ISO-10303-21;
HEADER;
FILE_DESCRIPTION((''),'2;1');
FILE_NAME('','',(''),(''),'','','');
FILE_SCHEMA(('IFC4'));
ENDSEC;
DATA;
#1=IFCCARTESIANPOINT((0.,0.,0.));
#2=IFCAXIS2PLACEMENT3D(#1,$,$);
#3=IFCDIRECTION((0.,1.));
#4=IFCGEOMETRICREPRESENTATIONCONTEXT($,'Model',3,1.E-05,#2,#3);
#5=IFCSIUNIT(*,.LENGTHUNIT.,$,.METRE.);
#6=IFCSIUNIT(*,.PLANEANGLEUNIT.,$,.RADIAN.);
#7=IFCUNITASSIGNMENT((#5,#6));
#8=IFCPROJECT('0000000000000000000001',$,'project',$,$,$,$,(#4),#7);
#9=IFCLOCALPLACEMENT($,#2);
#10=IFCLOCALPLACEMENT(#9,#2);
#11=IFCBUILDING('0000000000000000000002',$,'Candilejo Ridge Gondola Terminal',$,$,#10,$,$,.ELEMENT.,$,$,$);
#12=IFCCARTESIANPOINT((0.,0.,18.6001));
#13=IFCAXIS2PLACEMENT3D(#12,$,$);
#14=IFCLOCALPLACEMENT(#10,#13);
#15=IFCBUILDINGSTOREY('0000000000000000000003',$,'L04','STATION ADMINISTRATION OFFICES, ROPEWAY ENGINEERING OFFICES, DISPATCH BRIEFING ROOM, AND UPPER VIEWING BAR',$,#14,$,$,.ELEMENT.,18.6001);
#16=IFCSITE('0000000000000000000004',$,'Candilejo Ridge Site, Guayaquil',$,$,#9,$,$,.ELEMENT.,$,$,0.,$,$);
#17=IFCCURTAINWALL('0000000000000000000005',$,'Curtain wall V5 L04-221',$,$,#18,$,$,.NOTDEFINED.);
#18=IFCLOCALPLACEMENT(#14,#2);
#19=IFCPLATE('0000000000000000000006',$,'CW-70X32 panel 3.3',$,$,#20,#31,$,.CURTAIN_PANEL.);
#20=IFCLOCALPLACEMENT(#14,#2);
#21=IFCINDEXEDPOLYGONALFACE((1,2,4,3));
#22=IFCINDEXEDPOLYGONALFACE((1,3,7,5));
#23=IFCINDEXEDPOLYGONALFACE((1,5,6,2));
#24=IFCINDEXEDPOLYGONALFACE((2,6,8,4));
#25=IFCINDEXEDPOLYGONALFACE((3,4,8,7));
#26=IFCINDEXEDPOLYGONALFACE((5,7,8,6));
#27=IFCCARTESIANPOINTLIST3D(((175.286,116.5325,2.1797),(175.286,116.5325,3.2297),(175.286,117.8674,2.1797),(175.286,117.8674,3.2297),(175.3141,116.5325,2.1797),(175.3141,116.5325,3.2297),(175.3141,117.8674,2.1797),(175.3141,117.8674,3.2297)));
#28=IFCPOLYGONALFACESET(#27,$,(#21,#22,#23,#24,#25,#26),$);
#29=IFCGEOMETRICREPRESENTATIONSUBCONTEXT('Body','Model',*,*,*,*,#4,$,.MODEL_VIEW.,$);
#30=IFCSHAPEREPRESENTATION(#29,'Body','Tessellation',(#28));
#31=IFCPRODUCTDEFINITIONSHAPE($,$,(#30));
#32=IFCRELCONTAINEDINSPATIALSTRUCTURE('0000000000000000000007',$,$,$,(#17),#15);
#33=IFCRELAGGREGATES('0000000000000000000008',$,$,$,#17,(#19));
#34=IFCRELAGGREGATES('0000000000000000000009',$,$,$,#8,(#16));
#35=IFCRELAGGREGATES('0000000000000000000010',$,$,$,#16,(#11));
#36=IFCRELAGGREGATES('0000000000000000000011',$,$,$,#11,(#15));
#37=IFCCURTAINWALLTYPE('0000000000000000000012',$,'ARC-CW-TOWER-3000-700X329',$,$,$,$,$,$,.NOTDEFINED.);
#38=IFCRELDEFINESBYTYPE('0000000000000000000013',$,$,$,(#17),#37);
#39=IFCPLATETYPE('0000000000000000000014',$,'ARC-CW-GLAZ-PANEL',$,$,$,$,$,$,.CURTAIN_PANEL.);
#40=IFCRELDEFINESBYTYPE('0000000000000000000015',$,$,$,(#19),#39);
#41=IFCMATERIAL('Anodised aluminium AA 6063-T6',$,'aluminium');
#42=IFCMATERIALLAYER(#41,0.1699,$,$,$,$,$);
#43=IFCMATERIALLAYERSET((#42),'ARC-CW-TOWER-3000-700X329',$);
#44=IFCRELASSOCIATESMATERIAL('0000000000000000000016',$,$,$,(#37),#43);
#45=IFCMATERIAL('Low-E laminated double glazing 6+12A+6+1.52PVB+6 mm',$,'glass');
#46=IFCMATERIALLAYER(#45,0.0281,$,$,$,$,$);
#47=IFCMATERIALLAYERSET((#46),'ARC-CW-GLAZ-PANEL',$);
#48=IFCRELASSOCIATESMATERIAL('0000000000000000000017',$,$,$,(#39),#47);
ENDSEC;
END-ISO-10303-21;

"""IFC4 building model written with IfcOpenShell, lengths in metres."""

from ifc_helpers import new_model, si_unit, direction, frame, origin, origin_2d, place, context, subcontext, project, spatial, rectangle, extrude, material, layer, layer_set, type_object, element, aggregate, save


model = new_model("IFC4")

# Units and contexts
model_context = context("Model", 3, precision=1e-05, world=origin(), true_north=direction((0.0, 1.0)))
body_context = subcontext(model_context, "Body", "Model", "MODEL_VIEW")
ifc_project = project(units=[si_unit("LENGTHUNIT", "METRE"), si_unit("PLANEANGLEUNIT", "RADIAN")], contexts=[model_context])

# Site, building, storey
site_placement = place(None, origin())
site = spatial("IfcSite", under=ifc_project, at=site_placement, Name="Candilejo Ridge Site, Guayaquil", CompositionType="ELEMENT", RefElevation=0.0)
building_placement = place(site_placement, origin())
building = spatial("IfcBuilding", under=site, at=building_placement, Name="Candilejo Ridge Gondola Terminal", CompositionType="ELEMENT")
storey_placement = place(building_placement, frame((0.0, 0.0, 18.6001)))
storey = spatial("IfcBuildingStorey", under=building, at=storey_placement, Name="L04", Description="STATION ADMINISTRATION OFFICES, ROPEWAY ENGINEERING OFFICES, DISPATCH BRIEFING ROOM, AND UPPER VIEWING BAR", CompositionType="ELEMENT", Elevation=18.6001)

# Curtain wall
ifc_material_1 = material(Name="Anodised aluminium AA 6063-T6", Category="aluminium")
ifc_layer_1 = layer(ifc_material_1, 0.1699)
ifc_layer_set_1 = layer_set([ifc_layer_1], Name="ARC-CW-TOWER-3000-700X329")
curtain_wall_type_1 = type_object("IfcCurtainWallType", Name="ARC-CW-TOWER-3000-700X329", PredefinedType="NOTDEFINED", material=ifc_layer_set_1)
curtain_wall_1_placement = place(storey_placement, origin())
curtain_wall_1 = element("IfcCurtainWall", 1, at=curtain_wall_1_placement, inside=storey, type_object=curtain_wall_type_1, Name="Curtain wall V5 L04-221", PredefinedType="NOTDEFINED")

# Plate
ifc_material_2 = material(Name="Low-E laminated double glazing 6+12A+6+1.52PVB+6 mm", Category="glass")
ifc_layer_2 = layer(ifc_material_2, 0.0281)
ifc_layer_set_2 = layer_set([ifc_layer_2], Name="ARC-CW-GLAZ-PANEL")
plate_type = type_object("IfcPlateType", Name="ARC-CW-GLAZ-PANEL", PredefinedType="CURTAIN_PANEL", material=ifc_layer_set_2)
plate_1_placement = place(storey_placement, frame((175.3, 117.2, 2.1797), z_axis=(0.0, 0.0, 1.0), x_axis=(0.0, 1.0, 0.0)))
plate_1 = element("IfcPlate", 2, at=plate_1_placement, type_object=plate_type, Name="CW-70X32 panel 3.3", PredefinedType="CURTAIN_PANEL", context=body_context, shape_type="SweptSolid", body=[
    extrude(rectangle(XDim=1.335, YDim=0.0281, at=origin_2d()), origin(), (0.0, 0.0, 1.0), 1.05),
])
aggregate(curtain_wall_1, [plate_1])

save(model, "model.ifc")
